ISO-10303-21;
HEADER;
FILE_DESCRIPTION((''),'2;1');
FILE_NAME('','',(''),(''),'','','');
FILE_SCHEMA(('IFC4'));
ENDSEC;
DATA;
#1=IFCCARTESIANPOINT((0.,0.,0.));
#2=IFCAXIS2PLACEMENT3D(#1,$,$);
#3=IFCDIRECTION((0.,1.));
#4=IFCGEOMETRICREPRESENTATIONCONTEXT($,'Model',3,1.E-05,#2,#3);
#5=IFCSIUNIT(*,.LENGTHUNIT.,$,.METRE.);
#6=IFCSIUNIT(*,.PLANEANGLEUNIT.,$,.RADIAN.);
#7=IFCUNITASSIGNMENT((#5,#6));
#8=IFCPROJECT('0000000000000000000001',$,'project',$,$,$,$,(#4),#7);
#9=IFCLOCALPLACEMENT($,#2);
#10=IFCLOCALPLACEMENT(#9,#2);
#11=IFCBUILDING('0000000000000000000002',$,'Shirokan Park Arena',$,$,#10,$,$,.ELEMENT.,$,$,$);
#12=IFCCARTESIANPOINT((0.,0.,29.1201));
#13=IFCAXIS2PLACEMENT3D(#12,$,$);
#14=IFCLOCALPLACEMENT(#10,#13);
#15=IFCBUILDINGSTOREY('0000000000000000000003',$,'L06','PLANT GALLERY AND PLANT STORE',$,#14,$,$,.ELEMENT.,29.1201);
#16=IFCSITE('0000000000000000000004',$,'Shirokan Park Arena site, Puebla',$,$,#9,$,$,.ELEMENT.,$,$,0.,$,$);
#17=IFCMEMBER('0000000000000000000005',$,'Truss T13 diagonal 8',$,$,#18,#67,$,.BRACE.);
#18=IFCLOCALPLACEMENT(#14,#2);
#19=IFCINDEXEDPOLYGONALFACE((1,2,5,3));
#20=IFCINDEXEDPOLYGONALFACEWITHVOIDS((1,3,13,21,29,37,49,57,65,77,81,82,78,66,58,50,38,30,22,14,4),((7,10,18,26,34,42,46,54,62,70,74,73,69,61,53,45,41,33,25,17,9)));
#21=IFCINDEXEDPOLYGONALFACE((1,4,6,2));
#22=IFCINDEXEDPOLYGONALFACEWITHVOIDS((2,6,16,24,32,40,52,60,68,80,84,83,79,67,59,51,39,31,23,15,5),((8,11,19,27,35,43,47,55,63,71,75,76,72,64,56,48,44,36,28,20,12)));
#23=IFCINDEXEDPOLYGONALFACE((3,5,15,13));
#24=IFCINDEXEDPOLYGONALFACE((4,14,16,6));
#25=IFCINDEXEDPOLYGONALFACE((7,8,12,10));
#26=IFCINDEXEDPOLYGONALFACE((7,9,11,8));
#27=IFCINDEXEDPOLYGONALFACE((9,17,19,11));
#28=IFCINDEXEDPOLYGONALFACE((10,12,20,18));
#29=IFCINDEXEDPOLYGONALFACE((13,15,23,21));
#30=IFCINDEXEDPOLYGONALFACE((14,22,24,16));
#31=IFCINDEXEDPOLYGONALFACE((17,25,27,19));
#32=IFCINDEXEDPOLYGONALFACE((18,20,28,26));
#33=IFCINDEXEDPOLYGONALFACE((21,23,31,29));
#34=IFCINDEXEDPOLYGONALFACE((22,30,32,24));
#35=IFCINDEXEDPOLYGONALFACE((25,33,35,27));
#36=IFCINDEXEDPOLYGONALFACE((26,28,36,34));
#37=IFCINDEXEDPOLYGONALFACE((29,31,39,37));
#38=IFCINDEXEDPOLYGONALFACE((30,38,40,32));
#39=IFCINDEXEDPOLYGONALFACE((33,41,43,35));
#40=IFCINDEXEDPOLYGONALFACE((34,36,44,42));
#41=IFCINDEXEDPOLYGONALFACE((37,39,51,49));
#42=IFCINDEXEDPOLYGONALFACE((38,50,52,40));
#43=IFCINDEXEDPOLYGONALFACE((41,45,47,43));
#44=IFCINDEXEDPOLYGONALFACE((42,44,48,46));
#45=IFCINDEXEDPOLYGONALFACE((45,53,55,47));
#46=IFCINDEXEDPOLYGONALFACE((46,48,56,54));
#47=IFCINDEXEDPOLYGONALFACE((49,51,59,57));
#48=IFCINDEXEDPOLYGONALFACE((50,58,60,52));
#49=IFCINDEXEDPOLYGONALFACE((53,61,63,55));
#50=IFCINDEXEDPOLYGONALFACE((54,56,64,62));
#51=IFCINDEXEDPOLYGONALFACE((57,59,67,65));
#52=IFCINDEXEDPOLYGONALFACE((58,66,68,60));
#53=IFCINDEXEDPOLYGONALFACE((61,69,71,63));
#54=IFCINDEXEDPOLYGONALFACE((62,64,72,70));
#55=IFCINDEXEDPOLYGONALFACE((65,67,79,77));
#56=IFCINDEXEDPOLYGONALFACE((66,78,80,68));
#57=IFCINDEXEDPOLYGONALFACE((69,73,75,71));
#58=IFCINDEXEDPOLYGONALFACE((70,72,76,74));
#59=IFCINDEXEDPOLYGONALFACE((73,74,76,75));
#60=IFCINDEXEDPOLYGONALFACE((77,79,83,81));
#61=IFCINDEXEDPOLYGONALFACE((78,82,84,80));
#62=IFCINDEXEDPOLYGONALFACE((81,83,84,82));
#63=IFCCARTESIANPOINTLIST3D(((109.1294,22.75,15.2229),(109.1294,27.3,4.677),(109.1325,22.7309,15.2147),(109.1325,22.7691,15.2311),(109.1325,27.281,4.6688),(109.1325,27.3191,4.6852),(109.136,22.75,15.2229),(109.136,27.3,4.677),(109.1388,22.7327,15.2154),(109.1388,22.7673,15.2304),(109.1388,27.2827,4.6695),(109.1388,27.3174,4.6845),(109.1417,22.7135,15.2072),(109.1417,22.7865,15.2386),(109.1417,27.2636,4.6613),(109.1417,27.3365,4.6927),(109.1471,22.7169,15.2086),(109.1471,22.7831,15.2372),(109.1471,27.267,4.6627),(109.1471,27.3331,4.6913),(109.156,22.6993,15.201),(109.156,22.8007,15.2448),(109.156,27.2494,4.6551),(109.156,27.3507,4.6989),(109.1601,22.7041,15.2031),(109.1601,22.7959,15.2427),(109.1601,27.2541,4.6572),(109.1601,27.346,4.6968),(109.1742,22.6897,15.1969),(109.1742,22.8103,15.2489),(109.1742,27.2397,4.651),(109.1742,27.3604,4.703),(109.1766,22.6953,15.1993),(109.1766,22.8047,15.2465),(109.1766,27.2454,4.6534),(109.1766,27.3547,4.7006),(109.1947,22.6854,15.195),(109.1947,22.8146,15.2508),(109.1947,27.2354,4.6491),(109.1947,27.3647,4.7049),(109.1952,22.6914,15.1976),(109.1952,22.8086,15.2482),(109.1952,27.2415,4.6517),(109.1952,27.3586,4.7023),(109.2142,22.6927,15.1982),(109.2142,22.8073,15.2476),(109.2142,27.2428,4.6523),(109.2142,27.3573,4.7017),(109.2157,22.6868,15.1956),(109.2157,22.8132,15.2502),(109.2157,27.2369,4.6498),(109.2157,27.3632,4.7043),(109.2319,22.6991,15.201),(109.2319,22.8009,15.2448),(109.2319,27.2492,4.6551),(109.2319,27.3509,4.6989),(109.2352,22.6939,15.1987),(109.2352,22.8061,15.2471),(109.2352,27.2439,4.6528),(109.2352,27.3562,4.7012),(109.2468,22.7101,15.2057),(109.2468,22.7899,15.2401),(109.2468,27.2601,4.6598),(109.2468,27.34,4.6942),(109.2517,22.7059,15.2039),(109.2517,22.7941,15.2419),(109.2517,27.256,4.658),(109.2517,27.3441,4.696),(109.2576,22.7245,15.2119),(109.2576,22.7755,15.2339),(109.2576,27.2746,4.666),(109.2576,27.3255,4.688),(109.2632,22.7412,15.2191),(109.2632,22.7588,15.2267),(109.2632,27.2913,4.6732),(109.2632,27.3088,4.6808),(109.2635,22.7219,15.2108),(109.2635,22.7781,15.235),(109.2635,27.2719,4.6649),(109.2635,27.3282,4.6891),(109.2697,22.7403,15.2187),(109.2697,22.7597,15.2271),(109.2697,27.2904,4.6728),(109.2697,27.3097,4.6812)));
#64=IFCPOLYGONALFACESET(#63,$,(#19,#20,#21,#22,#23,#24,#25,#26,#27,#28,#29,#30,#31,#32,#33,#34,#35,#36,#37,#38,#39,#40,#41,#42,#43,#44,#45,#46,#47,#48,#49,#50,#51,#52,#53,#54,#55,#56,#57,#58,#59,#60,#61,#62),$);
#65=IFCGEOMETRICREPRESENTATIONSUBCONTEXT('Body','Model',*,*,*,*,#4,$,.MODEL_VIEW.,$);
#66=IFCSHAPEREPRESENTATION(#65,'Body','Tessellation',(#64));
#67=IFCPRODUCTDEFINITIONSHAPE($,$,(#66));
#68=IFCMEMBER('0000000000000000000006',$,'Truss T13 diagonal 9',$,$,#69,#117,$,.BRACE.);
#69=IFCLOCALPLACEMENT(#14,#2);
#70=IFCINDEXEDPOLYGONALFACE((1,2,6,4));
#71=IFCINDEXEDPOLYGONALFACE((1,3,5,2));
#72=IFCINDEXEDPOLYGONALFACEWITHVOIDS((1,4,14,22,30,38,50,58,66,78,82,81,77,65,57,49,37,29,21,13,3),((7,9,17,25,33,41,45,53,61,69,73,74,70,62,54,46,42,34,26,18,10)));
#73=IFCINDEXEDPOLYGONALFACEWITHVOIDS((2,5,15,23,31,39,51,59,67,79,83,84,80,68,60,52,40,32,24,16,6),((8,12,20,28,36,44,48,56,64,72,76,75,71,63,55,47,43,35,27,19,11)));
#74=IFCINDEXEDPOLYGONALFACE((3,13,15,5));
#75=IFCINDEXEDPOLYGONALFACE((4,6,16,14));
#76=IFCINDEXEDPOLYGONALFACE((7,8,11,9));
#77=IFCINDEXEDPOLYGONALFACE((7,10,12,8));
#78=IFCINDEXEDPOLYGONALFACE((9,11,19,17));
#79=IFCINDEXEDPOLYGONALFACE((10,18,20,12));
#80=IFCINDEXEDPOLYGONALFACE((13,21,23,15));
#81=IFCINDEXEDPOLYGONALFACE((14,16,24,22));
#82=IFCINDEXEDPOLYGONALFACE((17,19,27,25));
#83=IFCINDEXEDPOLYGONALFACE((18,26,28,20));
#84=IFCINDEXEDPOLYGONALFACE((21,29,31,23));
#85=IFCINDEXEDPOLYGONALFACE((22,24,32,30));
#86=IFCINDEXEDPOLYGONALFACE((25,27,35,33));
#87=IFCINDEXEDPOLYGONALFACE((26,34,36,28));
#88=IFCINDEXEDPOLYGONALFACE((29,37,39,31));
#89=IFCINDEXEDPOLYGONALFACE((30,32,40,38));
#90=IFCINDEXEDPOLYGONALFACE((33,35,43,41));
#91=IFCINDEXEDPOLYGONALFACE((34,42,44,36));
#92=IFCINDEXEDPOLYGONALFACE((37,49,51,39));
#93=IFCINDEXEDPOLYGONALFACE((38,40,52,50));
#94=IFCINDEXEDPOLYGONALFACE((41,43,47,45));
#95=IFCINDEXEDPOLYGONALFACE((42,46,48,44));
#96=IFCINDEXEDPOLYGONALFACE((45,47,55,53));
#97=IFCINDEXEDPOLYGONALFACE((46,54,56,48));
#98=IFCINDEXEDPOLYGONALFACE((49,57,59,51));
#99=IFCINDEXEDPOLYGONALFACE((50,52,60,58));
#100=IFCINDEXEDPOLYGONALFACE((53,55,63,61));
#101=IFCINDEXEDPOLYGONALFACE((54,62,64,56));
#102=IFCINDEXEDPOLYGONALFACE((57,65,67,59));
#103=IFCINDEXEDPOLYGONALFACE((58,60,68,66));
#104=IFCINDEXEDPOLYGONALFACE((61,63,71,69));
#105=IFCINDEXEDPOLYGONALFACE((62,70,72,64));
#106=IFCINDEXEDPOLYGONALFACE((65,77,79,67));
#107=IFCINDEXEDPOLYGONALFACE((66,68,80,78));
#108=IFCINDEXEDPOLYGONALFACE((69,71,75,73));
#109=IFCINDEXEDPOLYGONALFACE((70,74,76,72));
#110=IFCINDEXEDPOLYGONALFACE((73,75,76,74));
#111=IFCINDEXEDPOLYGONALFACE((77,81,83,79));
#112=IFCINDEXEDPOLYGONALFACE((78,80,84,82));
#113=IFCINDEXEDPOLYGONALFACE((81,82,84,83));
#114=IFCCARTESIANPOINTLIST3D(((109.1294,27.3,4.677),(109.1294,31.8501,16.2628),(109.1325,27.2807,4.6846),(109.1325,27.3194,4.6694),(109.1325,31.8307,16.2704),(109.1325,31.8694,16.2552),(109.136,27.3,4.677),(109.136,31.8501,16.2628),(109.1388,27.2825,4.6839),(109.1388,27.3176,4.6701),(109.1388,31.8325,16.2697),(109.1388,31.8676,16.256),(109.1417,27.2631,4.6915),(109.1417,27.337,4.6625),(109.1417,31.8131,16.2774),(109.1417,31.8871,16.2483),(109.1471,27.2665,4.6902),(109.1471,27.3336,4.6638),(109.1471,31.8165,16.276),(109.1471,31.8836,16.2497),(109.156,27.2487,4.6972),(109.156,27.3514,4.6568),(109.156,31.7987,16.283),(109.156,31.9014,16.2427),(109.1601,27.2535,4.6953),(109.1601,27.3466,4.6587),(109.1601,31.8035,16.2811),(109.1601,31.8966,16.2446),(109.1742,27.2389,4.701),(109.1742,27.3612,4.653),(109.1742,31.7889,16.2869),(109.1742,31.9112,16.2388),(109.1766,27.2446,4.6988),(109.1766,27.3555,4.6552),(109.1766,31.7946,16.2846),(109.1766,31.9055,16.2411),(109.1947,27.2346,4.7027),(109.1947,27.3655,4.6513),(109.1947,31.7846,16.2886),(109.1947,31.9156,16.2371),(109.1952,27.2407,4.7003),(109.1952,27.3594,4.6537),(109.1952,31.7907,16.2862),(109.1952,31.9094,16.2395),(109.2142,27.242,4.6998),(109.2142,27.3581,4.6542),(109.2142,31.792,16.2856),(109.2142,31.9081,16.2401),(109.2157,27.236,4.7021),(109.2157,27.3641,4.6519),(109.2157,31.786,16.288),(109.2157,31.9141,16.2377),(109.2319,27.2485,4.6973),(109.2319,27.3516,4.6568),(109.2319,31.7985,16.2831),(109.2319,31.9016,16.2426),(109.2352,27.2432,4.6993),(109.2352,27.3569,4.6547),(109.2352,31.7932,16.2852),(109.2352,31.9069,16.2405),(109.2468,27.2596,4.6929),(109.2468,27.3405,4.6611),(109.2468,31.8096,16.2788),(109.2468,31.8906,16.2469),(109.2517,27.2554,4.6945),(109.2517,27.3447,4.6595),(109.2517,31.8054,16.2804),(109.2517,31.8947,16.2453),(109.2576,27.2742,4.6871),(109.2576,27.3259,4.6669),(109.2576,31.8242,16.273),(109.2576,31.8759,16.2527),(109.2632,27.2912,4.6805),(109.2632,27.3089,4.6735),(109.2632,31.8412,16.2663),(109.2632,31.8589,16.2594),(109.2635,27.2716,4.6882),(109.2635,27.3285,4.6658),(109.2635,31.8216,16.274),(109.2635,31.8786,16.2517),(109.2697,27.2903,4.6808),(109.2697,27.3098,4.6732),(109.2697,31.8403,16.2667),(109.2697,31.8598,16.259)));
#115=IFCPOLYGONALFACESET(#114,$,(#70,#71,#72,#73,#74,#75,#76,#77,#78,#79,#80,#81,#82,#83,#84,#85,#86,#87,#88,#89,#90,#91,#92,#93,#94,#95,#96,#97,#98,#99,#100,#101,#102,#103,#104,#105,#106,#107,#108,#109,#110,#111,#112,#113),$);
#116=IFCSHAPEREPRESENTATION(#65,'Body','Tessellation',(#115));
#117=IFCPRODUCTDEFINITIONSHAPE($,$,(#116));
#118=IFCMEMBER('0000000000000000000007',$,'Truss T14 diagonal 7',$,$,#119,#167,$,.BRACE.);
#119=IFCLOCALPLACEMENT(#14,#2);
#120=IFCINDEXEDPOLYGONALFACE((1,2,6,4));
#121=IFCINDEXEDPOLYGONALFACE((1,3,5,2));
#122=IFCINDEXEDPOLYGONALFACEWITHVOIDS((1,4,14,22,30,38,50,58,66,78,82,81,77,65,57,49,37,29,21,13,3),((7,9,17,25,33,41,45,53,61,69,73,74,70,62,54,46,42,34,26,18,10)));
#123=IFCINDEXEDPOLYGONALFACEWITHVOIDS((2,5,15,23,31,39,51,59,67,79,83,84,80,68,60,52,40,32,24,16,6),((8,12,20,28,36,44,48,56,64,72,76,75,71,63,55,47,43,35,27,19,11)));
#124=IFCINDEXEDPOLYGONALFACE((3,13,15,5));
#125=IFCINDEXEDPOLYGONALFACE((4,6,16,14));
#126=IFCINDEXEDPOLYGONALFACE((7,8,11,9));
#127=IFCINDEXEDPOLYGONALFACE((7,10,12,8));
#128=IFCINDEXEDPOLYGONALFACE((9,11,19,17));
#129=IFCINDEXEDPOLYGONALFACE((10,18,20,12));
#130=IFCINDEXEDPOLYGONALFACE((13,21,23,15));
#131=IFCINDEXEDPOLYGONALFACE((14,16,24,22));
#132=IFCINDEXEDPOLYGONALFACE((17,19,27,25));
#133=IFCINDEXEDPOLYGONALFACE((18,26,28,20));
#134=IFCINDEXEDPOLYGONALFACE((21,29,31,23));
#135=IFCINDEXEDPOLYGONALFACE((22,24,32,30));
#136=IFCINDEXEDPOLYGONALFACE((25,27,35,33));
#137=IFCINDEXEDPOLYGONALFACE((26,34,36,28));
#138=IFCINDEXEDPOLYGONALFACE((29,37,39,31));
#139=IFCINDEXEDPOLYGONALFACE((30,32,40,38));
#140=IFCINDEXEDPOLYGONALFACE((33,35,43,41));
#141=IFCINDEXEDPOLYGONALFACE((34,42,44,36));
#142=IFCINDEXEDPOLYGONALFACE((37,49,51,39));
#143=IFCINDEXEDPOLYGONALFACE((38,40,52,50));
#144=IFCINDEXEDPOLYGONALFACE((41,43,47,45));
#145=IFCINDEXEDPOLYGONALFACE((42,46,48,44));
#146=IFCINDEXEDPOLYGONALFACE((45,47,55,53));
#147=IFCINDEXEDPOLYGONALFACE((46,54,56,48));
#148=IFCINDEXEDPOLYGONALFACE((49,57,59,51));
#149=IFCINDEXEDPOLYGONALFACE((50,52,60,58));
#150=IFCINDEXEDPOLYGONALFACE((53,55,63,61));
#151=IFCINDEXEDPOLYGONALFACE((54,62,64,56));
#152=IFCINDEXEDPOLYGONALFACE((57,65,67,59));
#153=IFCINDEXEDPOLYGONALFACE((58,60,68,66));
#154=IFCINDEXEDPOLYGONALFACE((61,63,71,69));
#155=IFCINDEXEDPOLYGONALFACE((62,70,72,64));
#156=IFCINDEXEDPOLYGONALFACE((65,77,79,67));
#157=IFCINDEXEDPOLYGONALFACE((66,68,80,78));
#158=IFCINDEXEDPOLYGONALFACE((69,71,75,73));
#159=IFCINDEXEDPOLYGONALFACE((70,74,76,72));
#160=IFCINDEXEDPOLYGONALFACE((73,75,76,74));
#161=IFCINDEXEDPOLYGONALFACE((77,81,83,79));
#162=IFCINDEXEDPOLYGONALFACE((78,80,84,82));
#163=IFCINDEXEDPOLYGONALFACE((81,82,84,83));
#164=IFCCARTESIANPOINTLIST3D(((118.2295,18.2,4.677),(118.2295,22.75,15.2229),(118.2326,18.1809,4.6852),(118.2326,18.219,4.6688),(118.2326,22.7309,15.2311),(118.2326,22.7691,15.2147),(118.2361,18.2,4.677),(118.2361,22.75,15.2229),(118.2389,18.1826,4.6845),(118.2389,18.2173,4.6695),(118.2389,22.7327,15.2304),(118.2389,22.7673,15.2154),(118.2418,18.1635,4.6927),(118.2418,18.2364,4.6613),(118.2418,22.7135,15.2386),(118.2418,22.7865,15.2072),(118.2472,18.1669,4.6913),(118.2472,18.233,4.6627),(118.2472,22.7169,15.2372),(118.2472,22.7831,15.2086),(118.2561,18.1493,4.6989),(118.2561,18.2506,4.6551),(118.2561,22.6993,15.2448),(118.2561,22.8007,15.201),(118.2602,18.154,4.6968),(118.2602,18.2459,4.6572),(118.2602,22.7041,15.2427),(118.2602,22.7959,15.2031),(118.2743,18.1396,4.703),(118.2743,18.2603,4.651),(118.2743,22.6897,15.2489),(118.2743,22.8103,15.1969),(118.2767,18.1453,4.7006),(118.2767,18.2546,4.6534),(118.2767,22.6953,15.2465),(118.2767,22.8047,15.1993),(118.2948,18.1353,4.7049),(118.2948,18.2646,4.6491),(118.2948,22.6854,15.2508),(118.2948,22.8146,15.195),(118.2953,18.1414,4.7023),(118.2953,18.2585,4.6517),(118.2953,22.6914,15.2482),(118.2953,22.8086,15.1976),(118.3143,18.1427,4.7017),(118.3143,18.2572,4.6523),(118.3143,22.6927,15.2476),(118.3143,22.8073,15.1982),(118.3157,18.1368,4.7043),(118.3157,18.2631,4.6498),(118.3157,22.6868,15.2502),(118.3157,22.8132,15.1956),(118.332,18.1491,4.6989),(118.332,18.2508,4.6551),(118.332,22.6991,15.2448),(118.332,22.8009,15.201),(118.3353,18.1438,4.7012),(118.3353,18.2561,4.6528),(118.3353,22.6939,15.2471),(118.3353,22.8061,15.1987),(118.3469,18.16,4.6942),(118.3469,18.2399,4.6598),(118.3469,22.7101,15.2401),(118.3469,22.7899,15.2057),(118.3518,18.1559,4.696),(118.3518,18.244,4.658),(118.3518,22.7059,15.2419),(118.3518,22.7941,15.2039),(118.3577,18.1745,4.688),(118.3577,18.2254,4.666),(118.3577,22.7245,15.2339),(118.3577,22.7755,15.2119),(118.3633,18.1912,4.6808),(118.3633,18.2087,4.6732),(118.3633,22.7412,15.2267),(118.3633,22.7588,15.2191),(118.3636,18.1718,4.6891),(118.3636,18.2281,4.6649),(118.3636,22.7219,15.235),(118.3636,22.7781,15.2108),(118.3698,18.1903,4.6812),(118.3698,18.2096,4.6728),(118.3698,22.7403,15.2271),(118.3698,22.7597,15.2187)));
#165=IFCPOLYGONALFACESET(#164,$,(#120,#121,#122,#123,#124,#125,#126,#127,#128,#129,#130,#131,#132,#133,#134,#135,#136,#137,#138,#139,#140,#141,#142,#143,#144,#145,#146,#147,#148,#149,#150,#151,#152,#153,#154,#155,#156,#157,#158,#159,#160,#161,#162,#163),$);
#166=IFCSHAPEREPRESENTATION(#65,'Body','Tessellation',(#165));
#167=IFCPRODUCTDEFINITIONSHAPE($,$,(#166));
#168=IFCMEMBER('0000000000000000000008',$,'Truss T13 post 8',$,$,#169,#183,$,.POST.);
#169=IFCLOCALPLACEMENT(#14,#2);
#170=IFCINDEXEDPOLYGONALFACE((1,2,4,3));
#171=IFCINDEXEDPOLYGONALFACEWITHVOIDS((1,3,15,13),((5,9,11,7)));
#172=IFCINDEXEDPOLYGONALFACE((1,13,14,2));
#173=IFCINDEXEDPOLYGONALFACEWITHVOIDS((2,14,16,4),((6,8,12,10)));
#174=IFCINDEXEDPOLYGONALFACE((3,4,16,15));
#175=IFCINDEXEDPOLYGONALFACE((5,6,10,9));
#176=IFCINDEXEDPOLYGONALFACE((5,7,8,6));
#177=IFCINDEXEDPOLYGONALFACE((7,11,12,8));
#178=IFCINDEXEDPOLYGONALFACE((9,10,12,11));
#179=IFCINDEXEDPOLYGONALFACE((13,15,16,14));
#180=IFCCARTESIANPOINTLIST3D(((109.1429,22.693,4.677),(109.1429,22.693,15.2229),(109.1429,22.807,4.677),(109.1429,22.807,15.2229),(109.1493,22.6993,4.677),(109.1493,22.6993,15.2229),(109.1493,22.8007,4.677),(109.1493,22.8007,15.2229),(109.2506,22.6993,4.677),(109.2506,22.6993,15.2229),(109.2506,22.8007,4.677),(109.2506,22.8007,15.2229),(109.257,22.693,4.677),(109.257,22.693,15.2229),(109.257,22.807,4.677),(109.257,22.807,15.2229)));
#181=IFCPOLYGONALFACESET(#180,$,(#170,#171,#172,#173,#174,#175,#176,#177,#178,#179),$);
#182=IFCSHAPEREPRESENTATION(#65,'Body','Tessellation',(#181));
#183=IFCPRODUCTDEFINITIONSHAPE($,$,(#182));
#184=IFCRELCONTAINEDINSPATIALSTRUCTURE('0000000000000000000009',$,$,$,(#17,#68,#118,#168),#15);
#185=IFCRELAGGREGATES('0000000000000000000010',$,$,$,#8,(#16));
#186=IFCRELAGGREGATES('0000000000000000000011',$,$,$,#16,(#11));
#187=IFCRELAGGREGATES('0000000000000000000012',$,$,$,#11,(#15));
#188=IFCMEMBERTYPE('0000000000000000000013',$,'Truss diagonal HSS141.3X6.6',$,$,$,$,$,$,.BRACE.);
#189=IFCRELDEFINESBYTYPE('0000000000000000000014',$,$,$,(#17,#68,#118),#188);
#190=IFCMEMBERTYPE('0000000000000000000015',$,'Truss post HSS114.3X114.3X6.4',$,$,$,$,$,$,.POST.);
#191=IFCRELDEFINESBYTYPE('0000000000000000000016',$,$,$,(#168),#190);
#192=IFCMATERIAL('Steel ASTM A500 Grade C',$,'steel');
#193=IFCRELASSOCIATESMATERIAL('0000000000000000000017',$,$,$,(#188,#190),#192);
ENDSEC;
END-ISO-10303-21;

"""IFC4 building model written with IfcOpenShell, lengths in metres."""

from ifc_helpers import new_model, si_unit, direction, frame, origin, origin_2d, place, context, subcontext, project, spatial, hollow_rectangle, hollow_circle, extrude, material, material_profile, profile_set, type_object, element, save


model = new_model("IFC4")

# Units and contexts
model_context = context("Model", 3, precision=1e-05, world=origin(), true_north=direction((0.0, 1.0)))
body_context = subcontext(model_context, "Body", "Model", "MODEL_VIEW")
ifc_project = project(units=[si_unit("LENGTHUNIT", "METRE"), si_unit("PLANEANGLEUNIT", "RADIAN")], contexts=[model_context])

# Site, building, storey
site_placement = place(None, origin())
site = spatial("IfcSite", under=ifc_project, at=site_placement, Name="Shirokan Park Arena site, Puebla", CompositionType="ELEMENT", RefElevation=0.0)
building_placement = place(site_placement, origin())
building = spatial("IfcBuilding", under=site, at=building_placement, Name="Shirokan Park Arena", CompositionType="ELEMENT")
storey_placement = place(building_placement, frame((0.0, 0.0, 29.1201)))
storey = spatial("IfcBuildingStorey", under=building, at=storey_placement, Name="L06", Description="PLANT GALLERY AND PLANT STORE", CompositionType="ELEMENT", Elevation=29.1201)

# Shared definitions
ifc_material_1 = material(Name="Steel ASTM A500 Grade C", Category="steel")

# Members
ifc_material_profile_1 = material_profile(ifc_material_1, hollow_circle(Radius=0.0706, WallThickness=0.0066, at=origin_2d()), Name="HSS141.3X6.6")
ifc_profile_set_1 = profile_set([ifc_material_profile_1], Name="Steel ASTM A500 Grade C")
member_type_1 = type_object("IfcMemberType", Name="Truss diagonal HSS141.3X6.6", PredefinedType="BRACE", material=ifc_profile_set_1)
for number, where, z_axis, x_axis, name in (
    (1, (109.2, 22.75, 15.2229), (0.0, 0.396153, -0.918185), (-1.0, 0.0, 0.0), "Truss T13 diagonal 8"),
):
    element("IfcMember", number, at=place(storey_placement, frame(where, z_axis=z_axis, x_axis=x_axis)), inside=storey, type_object=member_type_1, Name=name, PredefinedType="BRACE", context=body_context, shape_type="SweptSolid", body=[
        extrude(hollow_circle(Radius=0.0706, WallThickness=0.0066, at=origin_2d()), origin(), (0.0, 0.0, 1.0), 11.4856),
    ])
member_1_placement = place(storey_placement, frame((109.2, 27.3, 4.677), z_axis=(0.0, 0.365543, 0.930794), x_axis=(-1.0, 0.0, 0.0)))
element("IfcMember", 2, at=member_1_placement, inside=storey, type_object=member_type_1, Name="Truss T13 diagonal 9", PredefinedType="BRACE", context=body_context, shape_type="SweptSolid", body=[
    extrude(hollow_circle(Radius=0.0706, WallThickness=0.0066, at=origin_2d()), origin(), (0.0, 0.0, 1.0), 12.4473),
])
member_2_placement = place(storey_placement, frame((118.3, 18.2, 4.677), z_axis=(0.0, 0.396153, 0.918185), x_axis=(-1.0, 0.0, 0.0)))
element("IfcMember", 3, at=member_2_placement, inside=storey, type_object=member_type_1, Name="Truss T14 diagonal 7", PredefinedType="BRACE", context=body_context, shape_type="SweptSolid", body=[
    extrude(hollow_circle(Radius=0.0706, WallThickness=0.0066, at=origin_2d()), origin(), (0.0, 0.0, 1.0), 11.4856),
])
ifc_material_profile_2 = material_profile(ifc_material_1, hollow_rectangle(XDim=0.114, YDim=0.114, WallThickness=0.0063, at=origin_2d()), Name="HSS114.3X114.3X6.4")
ifc_profile_set_2 = profile_set([ifc_material_profile_2], Name="Steel ASTM A500 Grade C")
member_type_2 = type_object("IfcMemberType", Name="Truss post HSS114.3X114.3X6.4", PredefinedType="POST", material=ifc_profile_set_2)
member_3_placement = place(storey_placement, frame((109.2, 22.75, 4.677), z_axis=(0.0, 0.0, 1.0), x_axis=(1.0, 0.0, 0.0)))
element("IfcMember", 4, at=member_3_placement, inside=storey, type_object=member_type_2, Name="Truss T13 post 8", PredefinedType="POST", context=body_context, shape_type="SweptSolid", body=[
    extrude(hollow_rectangle(XDim=0.114, YDim=0.114, WallThickness=0.0063, at=origin_2d()), origin(), (0.0, 0.0, 1.0), 10.5459),
])

save(model, "model.ifc")
